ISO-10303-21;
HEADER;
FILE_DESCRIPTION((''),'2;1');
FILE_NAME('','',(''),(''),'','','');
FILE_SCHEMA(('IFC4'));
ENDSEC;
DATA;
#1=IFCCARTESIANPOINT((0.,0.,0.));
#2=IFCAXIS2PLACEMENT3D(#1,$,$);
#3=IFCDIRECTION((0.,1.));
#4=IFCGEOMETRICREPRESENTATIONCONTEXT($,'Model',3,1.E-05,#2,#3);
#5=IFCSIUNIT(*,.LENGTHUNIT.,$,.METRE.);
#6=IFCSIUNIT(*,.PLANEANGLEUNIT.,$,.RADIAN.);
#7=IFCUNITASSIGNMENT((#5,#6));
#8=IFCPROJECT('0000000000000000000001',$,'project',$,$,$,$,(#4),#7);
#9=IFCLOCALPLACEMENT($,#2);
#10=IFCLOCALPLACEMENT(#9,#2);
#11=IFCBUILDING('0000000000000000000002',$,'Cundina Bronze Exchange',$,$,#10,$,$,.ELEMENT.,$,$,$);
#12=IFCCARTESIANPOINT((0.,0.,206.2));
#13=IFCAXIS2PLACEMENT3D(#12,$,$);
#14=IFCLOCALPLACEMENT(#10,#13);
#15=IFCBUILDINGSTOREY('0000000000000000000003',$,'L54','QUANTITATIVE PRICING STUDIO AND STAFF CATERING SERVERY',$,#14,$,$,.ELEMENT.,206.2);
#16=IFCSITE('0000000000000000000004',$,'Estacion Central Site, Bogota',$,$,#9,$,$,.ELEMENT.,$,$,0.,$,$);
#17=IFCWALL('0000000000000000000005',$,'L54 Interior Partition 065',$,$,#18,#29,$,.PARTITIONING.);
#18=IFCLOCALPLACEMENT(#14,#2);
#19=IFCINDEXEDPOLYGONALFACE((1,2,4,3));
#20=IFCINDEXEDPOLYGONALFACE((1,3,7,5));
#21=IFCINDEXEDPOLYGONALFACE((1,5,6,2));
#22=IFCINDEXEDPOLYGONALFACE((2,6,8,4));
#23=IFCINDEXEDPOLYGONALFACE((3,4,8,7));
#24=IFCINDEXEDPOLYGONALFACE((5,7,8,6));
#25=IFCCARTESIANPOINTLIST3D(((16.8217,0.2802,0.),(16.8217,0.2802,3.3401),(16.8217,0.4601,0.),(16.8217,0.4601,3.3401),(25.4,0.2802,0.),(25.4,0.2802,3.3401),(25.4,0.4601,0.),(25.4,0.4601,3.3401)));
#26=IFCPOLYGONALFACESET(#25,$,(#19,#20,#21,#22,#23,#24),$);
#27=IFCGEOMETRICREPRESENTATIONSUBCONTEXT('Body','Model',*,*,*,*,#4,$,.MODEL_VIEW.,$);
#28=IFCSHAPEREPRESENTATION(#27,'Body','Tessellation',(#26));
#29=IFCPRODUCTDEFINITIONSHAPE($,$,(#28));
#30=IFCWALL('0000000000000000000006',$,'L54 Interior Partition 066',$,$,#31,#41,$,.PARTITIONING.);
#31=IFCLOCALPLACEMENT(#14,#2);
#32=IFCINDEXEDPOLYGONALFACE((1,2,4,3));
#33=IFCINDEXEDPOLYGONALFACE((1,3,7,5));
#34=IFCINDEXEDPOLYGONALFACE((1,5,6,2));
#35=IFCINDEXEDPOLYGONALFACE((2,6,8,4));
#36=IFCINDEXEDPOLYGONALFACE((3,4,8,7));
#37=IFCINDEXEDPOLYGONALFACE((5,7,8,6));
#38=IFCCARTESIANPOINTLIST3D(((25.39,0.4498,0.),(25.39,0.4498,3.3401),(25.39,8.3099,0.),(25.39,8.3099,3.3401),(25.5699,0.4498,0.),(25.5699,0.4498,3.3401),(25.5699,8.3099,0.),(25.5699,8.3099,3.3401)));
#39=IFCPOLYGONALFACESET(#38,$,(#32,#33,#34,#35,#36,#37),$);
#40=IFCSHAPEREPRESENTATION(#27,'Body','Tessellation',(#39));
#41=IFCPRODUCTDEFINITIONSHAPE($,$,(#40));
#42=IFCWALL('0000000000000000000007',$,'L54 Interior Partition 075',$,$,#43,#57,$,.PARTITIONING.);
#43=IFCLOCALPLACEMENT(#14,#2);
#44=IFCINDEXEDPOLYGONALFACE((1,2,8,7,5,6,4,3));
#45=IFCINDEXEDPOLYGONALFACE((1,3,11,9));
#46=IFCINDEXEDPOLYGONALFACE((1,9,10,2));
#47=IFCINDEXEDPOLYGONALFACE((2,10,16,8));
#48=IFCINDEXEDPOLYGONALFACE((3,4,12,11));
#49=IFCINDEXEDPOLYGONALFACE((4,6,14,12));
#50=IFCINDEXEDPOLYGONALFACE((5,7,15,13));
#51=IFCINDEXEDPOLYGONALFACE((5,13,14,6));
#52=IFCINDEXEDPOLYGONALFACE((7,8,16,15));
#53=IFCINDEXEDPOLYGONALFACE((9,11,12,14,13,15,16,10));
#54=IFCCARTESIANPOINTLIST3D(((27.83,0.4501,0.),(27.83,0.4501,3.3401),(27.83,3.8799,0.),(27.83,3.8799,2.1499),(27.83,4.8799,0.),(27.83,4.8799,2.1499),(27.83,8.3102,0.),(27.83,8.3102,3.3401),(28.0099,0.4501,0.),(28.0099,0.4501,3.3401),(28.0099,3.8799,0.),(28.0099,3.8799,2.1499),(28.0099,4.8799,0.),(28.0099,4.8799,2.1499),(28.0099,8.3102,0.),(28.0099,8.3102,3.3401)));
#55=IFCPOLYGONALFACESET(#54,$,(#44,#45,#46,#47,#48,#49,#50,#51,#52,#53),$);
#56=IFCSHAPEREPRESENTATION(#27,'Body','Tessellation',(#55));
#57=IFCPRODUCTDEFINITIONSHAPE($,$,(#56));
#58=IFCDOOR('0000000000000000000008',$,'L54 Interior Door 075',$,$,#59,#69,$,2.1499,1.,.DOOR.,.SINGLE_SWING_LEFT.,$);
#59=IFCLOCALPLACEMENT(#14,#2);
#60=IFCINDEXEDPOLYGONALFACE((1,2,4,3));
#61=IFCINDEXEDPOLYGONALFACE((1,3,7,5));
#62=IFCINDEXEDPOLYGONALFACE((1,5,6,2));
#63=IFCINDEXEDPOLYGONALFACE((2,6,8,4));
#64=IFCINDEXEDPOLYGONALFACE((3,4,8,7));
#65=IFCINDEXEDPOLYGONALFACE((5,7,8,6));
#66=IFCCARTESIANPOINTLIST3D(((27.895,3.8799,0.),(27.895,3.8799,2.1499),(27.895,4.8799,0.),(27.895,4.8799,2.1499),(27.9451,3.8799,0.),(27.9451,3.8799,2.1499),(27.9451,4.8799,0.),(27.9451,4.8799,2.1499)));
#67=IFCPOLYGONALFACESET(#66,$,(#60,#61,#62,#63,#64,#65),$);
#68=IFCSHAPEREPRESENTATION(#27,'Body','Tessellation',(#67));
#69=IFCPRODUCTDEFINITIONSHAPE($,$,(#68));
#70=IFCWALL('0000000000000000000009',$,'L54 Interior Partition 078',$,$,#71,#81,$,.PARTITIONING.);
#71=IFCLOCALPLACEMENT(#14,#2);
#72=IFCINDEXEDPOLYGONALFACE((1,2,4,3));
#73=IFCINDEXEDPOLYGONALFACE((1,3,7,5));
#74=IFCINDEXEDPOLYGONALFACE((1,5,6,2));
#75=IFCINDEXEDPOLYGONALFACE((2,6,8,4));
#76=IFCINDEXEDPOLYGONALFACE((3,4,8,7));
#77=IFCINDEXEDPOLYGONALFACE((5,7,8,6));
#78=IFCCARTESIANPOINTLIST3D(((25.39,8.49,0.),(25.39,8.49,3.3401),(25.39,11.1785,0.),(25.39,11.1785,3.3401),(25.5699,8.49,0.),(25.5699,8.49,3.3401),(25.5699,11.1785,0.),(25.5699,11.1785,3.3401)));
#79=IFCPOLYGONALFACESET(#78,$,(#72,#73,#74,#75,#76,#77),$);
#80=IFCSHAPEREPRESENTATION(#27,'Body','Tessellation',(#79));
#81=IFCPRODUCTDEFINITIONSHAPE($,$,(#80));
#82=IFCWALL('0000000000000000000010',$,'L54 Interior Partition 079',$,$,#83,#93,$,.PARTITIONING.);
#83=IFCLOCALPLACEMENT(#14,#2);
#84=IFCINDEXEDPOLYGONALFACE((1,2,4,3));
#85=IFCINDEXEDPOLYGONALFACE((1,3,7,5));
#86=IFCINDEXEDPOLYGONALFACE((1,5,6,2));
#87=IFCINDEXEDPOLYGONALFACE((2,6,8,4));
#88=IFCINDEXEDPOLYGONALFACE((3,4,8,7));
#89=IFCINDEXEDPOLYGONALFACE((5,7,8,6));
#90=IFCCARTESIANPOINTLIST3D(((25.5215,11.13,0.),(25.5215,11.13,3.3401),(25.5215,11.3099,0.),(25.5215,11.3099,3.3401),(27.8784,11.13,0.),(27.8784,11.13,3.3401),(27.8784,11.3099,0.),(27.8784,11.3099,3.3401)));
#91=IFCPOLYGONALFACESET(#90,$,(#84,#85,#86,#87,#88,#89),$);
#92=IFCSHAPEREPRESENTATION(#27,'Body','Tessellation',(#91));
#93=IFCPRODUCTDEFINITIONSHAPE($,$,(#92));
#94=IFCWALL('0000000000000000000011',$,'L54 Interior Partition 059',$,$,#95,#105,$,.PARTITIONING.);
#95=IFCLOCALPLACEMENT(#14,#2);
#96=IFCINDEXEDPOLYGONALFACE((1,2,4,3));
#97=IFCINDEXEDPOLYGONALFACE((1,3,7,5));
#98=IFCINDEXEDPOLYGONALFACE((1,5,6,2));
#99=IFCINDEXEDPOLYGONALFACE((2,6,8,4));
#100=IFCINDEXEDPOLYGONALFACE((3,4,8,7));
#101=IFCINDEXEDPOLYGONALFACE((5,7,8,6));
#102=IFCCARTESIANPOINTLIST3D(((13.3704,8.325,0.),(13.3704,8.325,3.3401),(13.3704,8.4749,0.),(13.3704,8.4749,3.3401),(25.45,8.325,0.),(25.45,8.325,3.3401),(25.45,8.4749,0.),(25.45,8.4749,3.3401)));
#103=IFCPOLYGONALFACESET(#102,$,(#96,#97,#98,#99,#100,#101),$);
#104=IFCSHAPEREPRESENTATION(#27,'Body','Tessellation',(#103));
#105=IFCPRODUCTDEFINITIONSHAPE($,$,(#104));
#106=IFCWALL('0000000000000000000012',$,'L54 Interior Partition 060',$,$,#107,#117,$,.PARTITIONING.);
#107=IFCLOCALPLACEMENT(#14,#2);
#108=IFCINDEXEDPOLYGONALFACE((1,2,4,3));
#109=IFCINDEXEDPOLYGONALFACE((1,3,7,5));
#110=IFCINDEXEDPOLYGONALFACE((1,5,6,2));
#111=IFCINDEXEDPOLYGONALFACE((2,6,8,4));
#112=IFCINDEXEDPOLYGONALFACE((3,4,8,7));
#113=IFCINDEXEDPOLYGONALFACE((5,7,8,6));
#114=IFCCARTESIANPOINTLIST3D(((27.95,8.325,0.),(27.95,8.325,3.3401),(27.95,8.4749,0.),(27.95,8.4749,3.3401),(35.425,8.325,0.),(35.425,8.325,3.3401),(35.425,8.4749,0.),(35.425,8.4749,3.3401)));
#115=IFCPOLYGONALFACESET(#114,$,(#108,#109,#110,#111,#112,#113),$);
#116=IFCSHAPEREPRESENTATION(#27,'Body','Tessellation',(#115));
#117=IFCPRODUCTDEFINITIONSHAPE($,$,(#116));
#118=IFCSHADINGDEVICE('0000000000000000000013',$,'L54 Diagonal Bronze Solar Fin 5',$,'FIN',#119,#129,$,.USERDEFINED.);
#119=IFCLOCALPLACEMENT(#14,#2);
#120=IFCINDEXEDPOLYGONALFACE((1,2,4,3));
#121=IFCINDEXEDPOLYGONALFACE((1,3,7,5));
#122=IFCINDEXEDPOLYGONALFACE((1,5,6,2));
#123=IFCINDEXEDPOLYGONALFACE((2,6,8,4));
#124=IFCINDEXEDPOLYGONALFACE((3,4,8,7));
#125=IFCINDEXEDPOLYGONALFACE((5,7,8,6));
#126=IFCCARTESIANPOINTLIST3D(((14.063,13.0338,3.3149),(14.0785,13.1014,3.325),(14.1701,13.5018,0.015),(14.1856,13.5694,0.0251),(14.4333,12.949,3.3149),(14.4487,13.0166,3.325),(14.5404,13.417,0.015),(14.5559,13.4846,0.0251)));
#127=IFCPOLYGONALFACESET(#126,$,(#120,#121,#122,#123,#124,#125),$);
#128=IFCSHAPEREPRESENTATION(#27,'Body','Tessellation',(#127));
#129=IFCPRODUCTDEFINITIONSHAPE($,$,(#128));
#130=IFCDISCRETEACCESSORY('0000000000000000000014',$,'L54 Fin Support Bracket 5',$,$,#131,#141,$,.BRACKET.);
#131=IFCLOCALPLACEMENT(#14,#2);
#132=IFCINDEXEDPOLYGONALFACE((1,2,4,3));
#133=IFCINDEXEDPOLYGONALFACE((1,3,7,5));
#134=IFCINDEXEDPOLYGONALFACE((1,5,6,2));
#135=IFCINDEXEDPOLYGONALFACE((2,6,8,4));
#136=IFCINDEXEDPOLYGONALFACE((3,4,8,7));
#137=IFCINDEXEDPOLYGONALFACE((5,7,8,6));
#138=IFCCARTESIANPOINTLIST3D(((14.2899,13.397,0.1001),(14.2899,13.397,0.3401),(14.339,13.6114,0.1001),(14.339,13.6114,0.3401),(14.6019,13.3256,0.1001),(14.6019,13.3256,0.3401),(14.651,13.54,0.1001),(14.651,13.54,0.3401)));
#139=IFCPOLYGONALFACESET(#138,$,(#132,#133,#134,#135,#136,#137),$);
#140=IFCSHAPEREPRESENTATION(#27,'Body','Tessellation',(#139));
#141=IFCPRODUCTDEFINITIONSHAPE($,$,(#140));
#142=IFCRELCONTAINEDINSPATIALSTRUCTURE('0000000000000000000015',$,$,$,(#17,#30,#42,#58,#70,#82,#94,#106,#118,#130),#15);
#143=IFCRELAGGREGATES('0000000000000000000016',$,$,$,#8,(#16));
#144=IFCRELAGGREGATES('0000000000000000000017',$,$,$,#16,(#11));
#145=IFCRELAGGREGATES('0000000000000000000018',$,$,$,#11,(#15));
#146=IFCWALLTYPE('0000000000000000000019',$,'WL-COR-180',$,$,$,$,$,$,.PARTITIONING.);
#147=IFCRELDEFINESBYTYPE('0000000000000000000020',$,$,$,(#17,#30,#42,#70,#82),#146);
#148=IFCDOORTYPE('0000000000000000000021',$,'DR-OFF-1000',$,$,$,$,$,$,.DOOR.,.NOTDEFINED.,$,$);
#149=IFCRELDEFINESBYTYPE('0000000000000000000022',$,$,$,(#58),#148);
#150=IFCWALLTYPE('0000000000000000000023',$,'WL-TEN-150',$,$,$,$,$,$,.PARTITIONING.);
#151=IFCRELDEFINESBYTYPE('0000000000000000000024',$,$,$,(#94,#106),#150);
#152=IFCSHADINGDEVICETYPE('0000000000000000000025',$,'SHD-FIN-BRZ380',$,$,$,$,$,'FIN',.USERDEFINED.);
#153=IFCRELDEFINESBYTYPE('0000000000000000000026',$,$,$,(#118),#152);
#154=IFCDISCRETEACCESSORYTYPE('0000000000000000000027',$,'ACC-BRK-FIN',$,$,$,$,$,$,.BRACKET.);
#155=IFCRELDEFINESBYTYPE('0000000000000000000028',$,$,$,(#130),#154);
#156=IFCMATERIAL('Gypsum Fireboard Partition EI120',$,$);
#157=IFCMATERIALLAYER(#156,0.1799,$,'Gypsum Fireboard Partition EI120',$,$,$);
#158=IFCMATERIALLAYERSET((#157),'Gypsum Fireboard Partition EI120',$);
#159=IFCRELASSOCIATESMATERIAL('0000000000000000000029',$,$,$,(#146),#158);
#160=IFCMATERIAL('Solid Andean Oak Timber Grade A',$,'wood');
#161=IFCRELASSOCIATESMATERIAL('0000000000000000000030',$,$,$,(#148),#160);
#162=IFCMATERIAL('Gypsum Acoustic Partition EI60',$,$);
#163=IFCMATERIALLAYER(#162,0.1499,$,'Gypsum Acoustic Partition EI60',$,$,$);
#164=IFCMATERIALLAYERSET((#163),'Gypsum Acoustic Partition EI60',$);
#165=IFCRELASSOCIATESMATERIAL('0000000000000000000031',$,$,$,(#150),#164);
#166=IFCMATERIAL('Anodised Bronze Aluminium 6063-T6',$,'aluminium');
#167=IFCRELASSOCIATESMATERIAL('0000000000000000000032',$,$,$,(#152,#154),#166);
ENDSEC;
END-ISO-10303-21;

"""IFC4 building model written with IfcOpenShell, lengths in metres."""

from ifc_helpers import new_model, si_unit, direction, frame, frame_2d, origin, origin_2d, place, context, subcontext, project, spatial, rectangle, extrude, material, layer, layer_set, material_profile, profile_set, type_object, element, fill, save


model = new_model("IFC4")

# Units and contexts
model_context = context("Model", 3, precision=1e-05, world=origin(), true_north=direction((0.0, 1.0)))
body_context = subcontext(model_context, "Body", "Model", "MODEL_VIEW")
ifc_project = project(units=[si_unit("LENGTHUNIT", "METRE"), si_unit("PLANEANGLEUNIT", "RADIAN")], contexts=[model_context])

# Site, building, storey
site_placement = place(None, origin())
site = spatial("IfcSite", under=ifc_project, at=site_placement, Name="Estacion Central Site, Bogota", CompositionType="ELEMENT", RefElevation=0.0)
building_placement = place(site_placement, origin())
building = spatial("IfcBuilding", under=site, at=building_placement, Name="Cundina Bronze Exchange", CompositionType="ELEMENT")
storey_placement = place(building_placement, frame((0.0, 0.0, 206.2)))
storey = spatial("IfcBuildingStorey", under=building, at=storey_placement, Name="L54", Description="QUANTITATIVE PRICING STUDIO AND STAFF CATERING SERVERY", CompositionType="ELEMENT", Elevation=206.2)

# Shared definitions
ifc_material_1 = material(Name="Anodised Bronze Aluminium 6063-T6", Category="aluminium")

# Walls
ifc_material_2 = material(Name="Gypsum Fireboard Partition EI120")
ifc_layer_1 = layer(ifc_material_2, 0.1799, Name="Gypsum Fireboard Partition EI120")
ifc_layer_set_1 = layer_set([ifc_layer_1], Name="Gypsum Fireboard Partition EI120")
wall_type_1 = type_object("IfcWallType", Name="WL-COR-180", PredefinedType="PARTITIONING", material=ifc_layer_set_1)
wall_1_placement = place(storey_placement, frame((25.3999, 0.3701, 0.0), z_axis=(0.0, 0.0, 1.0), x_axis=(-1.0, 0.0, 0.0)))
element("IfcWall", 1, at=wall_1_placement, inside=storey, type_object=wall_type_1, Name="L54 Interior Partition 065", PredefinedType="PARTITIONING", context=body_context, shape_type="SweptSolid", body=[
    extrude(rectangle(XDim=8.5784, YDim=0.1799, at=frame_2d((4.2891, 0.0))), origin(), (0.0, 0.0, 1.0), 3.3401),
])
wall_2_placement = place(storey_placement, frame((25.48, 8.3101, 0.0), z_axis=(0.0, 0.0, 1.0), x_axis=(0.0, -1.0, 0.0)))
element("IfcWall", 2, at=wall_2_placement, inside=storey, type_object=wall_type_1, Name="L54 Interior Partition 066", PredefinedType="PARTITIONING", context=body_context, shape_type="SweptSolid", body=[
    extrude(rectangle(XDim=7.8601, YDim=0.1799, at=frame_2d((3.9302, 0.0))), origin(), (0.0, 0.0, 1.0), 3.3401),
])

# Wall, opening, door
wall_3_placement = place(storey_placement, frame((27.9199, 0.45, 0.0), z_axis=(0.0, 0.0, 1.0), x_axis=(0.0, 1.0, 0.0)))
wall_3 = element("IfcWall", 3, at=wall_3_placement, inside=storey, type_object=wall_type_1, Name="L54 Interior Partition 075", PredefinedType="PARTITIONING", context=body_context, shape_type="SweptSolid", body=[
    extrude(rectangle(XDim=7.8601, YDim=0.1799, at=frame_2d((3.9302, 0.0))), origin(), (0.0, 0.0, 1.0), 3.3401),
])
opening_1_placement = place(wall_3_placement, frame((3.4299, 0.0, 0.0)))
opening_1 = element("IfcOpeningElement", 4, at=opening_1_placement, cuts=wall_3, PredefinedType="OPENING", context=body_context, shape_type="SweptSolid", body=[
    extrude(rectangle(XDim=1.0, YDim=2.1499, at=frame_2d((0.5, 1.075))), frame((0.0, 0.0999, 0.0), z_axis=(0.0, -1.0, 0.0), x_axis=(1.0, 0.0, 0.0)), (0.0, 0.0, 1.0), 0.2),
])
ifc_material_3 = material(Name="Solid Andean Oak Timber Grade A", Category="wood")
door_type = type_object("IfcDoorType", Name="DR-OFF-1000", OperationType="NOTDEFINED", PredefinedType="DOOR", material=ifc_material_3)
door_1_placement = place(opening_1_placement, origin())
door_1 = element("IfcDoor", 5, at=door_1_placement, inside=storey, type_object=door_type, Name="L54 Interior Door 075", OperationType="SINGLE_SWING_LEFT", OverallHeight=2.1499, OverallWidth=1.0, PredefinedType="DOOR", context=body_context, shape_type="SweptSolid", body=[
    extrude(rectangle(XDim=1.0, YDim=2.1499, at=frame_2d((0.5, 1.075))), frame((0.0, 0.0249, 0.0), z_axis=(0.0, -1.0, 0.0), x_axis=(1.0, 0.0, 0.0)), (0.0, 0.0, 1.0), 0.05),
])
fill(opening_1, door_1)

# Walls
wall_4_placement = place(storey_placement, frame((25.48, 11.1785, 0.0), z_axis=(0.0, 0.0, 1.0), x_axis=(0.0, -1.0, 0.0)))
element("IfcWall", 6, at=wall_4_placement, inside=storey, type_object=wall_type_1, Name="L54 Interior Partition 078", PredefinedType="PARTITIONING", context=body_context, shape_type="SweptSolid", body=[
    extrude(rectangle(XDim=2.6885, YDim=0.1799, at=frame_2d((1.3442, 0.0))), origin(), (0.0, 0.0, 1.0), 3.3401),
])
wall_5_placement = place(storey_placement, frame((27.8784, 11.22, 0.0), z_axis=(0.0, 0.0, 1.0), x_axis=(-1.0, 0.0, 0.0)))
element("IfcWall", 7, at=wall_5_placement, inside=storey, type_object=wall_type_1, Name="L54 Interior Partition 079", PredefinedType="PARTITIONING", context=body_context, shape_type="SweptSolid", body=[
    extrude(rectangle(XDim=2.3569, YDim=0.1799, at=frame_2d((1.1785, 0.0))), origin(), (0.0, 0.0, 1.0), 3.3401),
])
ifc_material_4 = material(Name="Gypsum Acoustic Partition EI60")
ifc_layer_2 = layer(ifc_material_4, 0.1499, Name="Gypsum Acoustic Partition EI60")
ifc_layer_set_2 = layer_set([ifc_layer_2], Name="Gypsum Acoustic Partition EI60")
wall_type_2 = type_object("IfcWallType", Name="WL-TEN-150", PredefinedType="PARTITIONING", material=ifc_layer_set_2)
wall_6_placement = place(storey_placement, frame((13.3704, 8.3999, 0.0), z_axis=(0.0, 0.0, 1.0), x_axis=(1.0, 0.0, 0.0)))
element("IfcWall", 8, at=wall_6_placement, inside=storey, type_object=wall_type_2, Name="L54 Interior Partition 059", PredefinedType="PARTITIONING", context=body_context, shape_type="SweptSolid", body=[
    extrude(rectangle(XDim=12.0796, YDim=0.1499, at=frame_2d((6.0398, 0.0))), origin(), (0.0, 0.0, 1.0), 3.3401),
])
wall_7_placement = place(storey_placement, frame((27.95, 8.3999, 0.0), z_axis=(0.0, 0.0, 1.0), x_axis=(1.0, 0.0, 0.0)))
element("IfcWall", 9, at=wall_7_placement, inside=storey, type_object=wall_type_2, Name="L54 Interior Partition 060", PredefinedType="PARTITIONING", context=body_context, shape_type="SweptSolid", body=[
    extrude(rectangle(XDim=7.4751, YDim=0.1499, at=frame_2d((3.7375, 0.0))), origin(), (0.0, 0.0, 1.0), 3.3401),
])

# Shading device
ifc_material_profile_1 = material_profile(ifc_material_1, rectangle(XDim=0.0701, YDim=0.3799, at=origin_2d()), Name="FIN70X380", Category="aluminium")
ifc_profile_set_1 = profile_set([ifc_material_profile_1], Name="Anodised Bronze Aluminium 6063-T6")
shading_device_type = type_object("IfcShadingDeviceType", Name="SHD-FIN-BRZ380", ElementType="FIN", PredefinedType="USERDEFINED", material=ifc_profile_set_1)
shading_device_placement = place(storey_placement, frame((14.363, 13.4932, 0.02), z_axis=(-0.032139, -0.140344, 0.989581), x_axis=(0.220899, 0.964611, 0.143977)))
element("IfcShadingDevice", 10, at=shading_device_placement, inside=storey, type_object=shading_device_type, Name="L54 Diagonal Bronze Solar Fin 5", ObjectType="FIN", PredefinedType="USERDEFINED", context=body_context, shape_type="SweptSolid", body=[
    extrude(rectangle(XDim=0.0701, YDim=0.3799, at=origin_2d()), origin(), (0.0, 0.0, 1.0), 3.3347),
])

# Discrete accessory
discrete_accessory_type = type_object("IfcDiscreteAccessoryType", Name="ACC-BRK-FIN", PredefinedType="BRACKET", material=ifc_material_1)
discrete_accessory_placement = place(storey_placement, frame((14.4705, 13.4685, 0.1001), z_axis=(0.0, 0.0, 1.0), x_axis=(-0.223284, -0.974753, 0.0)))
element("IfcDiscreteAccessory", 11, at=discrete_accessory_placement, inside=storey, type_object=discrete_accessory_type, Name="L54 Fin Support Bracket 5", PredefinedType="BRACKET", context=body_context, shape_type="SweptSolid", body=[
    extrude(rectangle(XDim=0.22, YDim=0.3201, at=origin_2d()), origin(), (0.0, 0.0, 1.0), 0.24),
])

save(model, "model.ifc")
